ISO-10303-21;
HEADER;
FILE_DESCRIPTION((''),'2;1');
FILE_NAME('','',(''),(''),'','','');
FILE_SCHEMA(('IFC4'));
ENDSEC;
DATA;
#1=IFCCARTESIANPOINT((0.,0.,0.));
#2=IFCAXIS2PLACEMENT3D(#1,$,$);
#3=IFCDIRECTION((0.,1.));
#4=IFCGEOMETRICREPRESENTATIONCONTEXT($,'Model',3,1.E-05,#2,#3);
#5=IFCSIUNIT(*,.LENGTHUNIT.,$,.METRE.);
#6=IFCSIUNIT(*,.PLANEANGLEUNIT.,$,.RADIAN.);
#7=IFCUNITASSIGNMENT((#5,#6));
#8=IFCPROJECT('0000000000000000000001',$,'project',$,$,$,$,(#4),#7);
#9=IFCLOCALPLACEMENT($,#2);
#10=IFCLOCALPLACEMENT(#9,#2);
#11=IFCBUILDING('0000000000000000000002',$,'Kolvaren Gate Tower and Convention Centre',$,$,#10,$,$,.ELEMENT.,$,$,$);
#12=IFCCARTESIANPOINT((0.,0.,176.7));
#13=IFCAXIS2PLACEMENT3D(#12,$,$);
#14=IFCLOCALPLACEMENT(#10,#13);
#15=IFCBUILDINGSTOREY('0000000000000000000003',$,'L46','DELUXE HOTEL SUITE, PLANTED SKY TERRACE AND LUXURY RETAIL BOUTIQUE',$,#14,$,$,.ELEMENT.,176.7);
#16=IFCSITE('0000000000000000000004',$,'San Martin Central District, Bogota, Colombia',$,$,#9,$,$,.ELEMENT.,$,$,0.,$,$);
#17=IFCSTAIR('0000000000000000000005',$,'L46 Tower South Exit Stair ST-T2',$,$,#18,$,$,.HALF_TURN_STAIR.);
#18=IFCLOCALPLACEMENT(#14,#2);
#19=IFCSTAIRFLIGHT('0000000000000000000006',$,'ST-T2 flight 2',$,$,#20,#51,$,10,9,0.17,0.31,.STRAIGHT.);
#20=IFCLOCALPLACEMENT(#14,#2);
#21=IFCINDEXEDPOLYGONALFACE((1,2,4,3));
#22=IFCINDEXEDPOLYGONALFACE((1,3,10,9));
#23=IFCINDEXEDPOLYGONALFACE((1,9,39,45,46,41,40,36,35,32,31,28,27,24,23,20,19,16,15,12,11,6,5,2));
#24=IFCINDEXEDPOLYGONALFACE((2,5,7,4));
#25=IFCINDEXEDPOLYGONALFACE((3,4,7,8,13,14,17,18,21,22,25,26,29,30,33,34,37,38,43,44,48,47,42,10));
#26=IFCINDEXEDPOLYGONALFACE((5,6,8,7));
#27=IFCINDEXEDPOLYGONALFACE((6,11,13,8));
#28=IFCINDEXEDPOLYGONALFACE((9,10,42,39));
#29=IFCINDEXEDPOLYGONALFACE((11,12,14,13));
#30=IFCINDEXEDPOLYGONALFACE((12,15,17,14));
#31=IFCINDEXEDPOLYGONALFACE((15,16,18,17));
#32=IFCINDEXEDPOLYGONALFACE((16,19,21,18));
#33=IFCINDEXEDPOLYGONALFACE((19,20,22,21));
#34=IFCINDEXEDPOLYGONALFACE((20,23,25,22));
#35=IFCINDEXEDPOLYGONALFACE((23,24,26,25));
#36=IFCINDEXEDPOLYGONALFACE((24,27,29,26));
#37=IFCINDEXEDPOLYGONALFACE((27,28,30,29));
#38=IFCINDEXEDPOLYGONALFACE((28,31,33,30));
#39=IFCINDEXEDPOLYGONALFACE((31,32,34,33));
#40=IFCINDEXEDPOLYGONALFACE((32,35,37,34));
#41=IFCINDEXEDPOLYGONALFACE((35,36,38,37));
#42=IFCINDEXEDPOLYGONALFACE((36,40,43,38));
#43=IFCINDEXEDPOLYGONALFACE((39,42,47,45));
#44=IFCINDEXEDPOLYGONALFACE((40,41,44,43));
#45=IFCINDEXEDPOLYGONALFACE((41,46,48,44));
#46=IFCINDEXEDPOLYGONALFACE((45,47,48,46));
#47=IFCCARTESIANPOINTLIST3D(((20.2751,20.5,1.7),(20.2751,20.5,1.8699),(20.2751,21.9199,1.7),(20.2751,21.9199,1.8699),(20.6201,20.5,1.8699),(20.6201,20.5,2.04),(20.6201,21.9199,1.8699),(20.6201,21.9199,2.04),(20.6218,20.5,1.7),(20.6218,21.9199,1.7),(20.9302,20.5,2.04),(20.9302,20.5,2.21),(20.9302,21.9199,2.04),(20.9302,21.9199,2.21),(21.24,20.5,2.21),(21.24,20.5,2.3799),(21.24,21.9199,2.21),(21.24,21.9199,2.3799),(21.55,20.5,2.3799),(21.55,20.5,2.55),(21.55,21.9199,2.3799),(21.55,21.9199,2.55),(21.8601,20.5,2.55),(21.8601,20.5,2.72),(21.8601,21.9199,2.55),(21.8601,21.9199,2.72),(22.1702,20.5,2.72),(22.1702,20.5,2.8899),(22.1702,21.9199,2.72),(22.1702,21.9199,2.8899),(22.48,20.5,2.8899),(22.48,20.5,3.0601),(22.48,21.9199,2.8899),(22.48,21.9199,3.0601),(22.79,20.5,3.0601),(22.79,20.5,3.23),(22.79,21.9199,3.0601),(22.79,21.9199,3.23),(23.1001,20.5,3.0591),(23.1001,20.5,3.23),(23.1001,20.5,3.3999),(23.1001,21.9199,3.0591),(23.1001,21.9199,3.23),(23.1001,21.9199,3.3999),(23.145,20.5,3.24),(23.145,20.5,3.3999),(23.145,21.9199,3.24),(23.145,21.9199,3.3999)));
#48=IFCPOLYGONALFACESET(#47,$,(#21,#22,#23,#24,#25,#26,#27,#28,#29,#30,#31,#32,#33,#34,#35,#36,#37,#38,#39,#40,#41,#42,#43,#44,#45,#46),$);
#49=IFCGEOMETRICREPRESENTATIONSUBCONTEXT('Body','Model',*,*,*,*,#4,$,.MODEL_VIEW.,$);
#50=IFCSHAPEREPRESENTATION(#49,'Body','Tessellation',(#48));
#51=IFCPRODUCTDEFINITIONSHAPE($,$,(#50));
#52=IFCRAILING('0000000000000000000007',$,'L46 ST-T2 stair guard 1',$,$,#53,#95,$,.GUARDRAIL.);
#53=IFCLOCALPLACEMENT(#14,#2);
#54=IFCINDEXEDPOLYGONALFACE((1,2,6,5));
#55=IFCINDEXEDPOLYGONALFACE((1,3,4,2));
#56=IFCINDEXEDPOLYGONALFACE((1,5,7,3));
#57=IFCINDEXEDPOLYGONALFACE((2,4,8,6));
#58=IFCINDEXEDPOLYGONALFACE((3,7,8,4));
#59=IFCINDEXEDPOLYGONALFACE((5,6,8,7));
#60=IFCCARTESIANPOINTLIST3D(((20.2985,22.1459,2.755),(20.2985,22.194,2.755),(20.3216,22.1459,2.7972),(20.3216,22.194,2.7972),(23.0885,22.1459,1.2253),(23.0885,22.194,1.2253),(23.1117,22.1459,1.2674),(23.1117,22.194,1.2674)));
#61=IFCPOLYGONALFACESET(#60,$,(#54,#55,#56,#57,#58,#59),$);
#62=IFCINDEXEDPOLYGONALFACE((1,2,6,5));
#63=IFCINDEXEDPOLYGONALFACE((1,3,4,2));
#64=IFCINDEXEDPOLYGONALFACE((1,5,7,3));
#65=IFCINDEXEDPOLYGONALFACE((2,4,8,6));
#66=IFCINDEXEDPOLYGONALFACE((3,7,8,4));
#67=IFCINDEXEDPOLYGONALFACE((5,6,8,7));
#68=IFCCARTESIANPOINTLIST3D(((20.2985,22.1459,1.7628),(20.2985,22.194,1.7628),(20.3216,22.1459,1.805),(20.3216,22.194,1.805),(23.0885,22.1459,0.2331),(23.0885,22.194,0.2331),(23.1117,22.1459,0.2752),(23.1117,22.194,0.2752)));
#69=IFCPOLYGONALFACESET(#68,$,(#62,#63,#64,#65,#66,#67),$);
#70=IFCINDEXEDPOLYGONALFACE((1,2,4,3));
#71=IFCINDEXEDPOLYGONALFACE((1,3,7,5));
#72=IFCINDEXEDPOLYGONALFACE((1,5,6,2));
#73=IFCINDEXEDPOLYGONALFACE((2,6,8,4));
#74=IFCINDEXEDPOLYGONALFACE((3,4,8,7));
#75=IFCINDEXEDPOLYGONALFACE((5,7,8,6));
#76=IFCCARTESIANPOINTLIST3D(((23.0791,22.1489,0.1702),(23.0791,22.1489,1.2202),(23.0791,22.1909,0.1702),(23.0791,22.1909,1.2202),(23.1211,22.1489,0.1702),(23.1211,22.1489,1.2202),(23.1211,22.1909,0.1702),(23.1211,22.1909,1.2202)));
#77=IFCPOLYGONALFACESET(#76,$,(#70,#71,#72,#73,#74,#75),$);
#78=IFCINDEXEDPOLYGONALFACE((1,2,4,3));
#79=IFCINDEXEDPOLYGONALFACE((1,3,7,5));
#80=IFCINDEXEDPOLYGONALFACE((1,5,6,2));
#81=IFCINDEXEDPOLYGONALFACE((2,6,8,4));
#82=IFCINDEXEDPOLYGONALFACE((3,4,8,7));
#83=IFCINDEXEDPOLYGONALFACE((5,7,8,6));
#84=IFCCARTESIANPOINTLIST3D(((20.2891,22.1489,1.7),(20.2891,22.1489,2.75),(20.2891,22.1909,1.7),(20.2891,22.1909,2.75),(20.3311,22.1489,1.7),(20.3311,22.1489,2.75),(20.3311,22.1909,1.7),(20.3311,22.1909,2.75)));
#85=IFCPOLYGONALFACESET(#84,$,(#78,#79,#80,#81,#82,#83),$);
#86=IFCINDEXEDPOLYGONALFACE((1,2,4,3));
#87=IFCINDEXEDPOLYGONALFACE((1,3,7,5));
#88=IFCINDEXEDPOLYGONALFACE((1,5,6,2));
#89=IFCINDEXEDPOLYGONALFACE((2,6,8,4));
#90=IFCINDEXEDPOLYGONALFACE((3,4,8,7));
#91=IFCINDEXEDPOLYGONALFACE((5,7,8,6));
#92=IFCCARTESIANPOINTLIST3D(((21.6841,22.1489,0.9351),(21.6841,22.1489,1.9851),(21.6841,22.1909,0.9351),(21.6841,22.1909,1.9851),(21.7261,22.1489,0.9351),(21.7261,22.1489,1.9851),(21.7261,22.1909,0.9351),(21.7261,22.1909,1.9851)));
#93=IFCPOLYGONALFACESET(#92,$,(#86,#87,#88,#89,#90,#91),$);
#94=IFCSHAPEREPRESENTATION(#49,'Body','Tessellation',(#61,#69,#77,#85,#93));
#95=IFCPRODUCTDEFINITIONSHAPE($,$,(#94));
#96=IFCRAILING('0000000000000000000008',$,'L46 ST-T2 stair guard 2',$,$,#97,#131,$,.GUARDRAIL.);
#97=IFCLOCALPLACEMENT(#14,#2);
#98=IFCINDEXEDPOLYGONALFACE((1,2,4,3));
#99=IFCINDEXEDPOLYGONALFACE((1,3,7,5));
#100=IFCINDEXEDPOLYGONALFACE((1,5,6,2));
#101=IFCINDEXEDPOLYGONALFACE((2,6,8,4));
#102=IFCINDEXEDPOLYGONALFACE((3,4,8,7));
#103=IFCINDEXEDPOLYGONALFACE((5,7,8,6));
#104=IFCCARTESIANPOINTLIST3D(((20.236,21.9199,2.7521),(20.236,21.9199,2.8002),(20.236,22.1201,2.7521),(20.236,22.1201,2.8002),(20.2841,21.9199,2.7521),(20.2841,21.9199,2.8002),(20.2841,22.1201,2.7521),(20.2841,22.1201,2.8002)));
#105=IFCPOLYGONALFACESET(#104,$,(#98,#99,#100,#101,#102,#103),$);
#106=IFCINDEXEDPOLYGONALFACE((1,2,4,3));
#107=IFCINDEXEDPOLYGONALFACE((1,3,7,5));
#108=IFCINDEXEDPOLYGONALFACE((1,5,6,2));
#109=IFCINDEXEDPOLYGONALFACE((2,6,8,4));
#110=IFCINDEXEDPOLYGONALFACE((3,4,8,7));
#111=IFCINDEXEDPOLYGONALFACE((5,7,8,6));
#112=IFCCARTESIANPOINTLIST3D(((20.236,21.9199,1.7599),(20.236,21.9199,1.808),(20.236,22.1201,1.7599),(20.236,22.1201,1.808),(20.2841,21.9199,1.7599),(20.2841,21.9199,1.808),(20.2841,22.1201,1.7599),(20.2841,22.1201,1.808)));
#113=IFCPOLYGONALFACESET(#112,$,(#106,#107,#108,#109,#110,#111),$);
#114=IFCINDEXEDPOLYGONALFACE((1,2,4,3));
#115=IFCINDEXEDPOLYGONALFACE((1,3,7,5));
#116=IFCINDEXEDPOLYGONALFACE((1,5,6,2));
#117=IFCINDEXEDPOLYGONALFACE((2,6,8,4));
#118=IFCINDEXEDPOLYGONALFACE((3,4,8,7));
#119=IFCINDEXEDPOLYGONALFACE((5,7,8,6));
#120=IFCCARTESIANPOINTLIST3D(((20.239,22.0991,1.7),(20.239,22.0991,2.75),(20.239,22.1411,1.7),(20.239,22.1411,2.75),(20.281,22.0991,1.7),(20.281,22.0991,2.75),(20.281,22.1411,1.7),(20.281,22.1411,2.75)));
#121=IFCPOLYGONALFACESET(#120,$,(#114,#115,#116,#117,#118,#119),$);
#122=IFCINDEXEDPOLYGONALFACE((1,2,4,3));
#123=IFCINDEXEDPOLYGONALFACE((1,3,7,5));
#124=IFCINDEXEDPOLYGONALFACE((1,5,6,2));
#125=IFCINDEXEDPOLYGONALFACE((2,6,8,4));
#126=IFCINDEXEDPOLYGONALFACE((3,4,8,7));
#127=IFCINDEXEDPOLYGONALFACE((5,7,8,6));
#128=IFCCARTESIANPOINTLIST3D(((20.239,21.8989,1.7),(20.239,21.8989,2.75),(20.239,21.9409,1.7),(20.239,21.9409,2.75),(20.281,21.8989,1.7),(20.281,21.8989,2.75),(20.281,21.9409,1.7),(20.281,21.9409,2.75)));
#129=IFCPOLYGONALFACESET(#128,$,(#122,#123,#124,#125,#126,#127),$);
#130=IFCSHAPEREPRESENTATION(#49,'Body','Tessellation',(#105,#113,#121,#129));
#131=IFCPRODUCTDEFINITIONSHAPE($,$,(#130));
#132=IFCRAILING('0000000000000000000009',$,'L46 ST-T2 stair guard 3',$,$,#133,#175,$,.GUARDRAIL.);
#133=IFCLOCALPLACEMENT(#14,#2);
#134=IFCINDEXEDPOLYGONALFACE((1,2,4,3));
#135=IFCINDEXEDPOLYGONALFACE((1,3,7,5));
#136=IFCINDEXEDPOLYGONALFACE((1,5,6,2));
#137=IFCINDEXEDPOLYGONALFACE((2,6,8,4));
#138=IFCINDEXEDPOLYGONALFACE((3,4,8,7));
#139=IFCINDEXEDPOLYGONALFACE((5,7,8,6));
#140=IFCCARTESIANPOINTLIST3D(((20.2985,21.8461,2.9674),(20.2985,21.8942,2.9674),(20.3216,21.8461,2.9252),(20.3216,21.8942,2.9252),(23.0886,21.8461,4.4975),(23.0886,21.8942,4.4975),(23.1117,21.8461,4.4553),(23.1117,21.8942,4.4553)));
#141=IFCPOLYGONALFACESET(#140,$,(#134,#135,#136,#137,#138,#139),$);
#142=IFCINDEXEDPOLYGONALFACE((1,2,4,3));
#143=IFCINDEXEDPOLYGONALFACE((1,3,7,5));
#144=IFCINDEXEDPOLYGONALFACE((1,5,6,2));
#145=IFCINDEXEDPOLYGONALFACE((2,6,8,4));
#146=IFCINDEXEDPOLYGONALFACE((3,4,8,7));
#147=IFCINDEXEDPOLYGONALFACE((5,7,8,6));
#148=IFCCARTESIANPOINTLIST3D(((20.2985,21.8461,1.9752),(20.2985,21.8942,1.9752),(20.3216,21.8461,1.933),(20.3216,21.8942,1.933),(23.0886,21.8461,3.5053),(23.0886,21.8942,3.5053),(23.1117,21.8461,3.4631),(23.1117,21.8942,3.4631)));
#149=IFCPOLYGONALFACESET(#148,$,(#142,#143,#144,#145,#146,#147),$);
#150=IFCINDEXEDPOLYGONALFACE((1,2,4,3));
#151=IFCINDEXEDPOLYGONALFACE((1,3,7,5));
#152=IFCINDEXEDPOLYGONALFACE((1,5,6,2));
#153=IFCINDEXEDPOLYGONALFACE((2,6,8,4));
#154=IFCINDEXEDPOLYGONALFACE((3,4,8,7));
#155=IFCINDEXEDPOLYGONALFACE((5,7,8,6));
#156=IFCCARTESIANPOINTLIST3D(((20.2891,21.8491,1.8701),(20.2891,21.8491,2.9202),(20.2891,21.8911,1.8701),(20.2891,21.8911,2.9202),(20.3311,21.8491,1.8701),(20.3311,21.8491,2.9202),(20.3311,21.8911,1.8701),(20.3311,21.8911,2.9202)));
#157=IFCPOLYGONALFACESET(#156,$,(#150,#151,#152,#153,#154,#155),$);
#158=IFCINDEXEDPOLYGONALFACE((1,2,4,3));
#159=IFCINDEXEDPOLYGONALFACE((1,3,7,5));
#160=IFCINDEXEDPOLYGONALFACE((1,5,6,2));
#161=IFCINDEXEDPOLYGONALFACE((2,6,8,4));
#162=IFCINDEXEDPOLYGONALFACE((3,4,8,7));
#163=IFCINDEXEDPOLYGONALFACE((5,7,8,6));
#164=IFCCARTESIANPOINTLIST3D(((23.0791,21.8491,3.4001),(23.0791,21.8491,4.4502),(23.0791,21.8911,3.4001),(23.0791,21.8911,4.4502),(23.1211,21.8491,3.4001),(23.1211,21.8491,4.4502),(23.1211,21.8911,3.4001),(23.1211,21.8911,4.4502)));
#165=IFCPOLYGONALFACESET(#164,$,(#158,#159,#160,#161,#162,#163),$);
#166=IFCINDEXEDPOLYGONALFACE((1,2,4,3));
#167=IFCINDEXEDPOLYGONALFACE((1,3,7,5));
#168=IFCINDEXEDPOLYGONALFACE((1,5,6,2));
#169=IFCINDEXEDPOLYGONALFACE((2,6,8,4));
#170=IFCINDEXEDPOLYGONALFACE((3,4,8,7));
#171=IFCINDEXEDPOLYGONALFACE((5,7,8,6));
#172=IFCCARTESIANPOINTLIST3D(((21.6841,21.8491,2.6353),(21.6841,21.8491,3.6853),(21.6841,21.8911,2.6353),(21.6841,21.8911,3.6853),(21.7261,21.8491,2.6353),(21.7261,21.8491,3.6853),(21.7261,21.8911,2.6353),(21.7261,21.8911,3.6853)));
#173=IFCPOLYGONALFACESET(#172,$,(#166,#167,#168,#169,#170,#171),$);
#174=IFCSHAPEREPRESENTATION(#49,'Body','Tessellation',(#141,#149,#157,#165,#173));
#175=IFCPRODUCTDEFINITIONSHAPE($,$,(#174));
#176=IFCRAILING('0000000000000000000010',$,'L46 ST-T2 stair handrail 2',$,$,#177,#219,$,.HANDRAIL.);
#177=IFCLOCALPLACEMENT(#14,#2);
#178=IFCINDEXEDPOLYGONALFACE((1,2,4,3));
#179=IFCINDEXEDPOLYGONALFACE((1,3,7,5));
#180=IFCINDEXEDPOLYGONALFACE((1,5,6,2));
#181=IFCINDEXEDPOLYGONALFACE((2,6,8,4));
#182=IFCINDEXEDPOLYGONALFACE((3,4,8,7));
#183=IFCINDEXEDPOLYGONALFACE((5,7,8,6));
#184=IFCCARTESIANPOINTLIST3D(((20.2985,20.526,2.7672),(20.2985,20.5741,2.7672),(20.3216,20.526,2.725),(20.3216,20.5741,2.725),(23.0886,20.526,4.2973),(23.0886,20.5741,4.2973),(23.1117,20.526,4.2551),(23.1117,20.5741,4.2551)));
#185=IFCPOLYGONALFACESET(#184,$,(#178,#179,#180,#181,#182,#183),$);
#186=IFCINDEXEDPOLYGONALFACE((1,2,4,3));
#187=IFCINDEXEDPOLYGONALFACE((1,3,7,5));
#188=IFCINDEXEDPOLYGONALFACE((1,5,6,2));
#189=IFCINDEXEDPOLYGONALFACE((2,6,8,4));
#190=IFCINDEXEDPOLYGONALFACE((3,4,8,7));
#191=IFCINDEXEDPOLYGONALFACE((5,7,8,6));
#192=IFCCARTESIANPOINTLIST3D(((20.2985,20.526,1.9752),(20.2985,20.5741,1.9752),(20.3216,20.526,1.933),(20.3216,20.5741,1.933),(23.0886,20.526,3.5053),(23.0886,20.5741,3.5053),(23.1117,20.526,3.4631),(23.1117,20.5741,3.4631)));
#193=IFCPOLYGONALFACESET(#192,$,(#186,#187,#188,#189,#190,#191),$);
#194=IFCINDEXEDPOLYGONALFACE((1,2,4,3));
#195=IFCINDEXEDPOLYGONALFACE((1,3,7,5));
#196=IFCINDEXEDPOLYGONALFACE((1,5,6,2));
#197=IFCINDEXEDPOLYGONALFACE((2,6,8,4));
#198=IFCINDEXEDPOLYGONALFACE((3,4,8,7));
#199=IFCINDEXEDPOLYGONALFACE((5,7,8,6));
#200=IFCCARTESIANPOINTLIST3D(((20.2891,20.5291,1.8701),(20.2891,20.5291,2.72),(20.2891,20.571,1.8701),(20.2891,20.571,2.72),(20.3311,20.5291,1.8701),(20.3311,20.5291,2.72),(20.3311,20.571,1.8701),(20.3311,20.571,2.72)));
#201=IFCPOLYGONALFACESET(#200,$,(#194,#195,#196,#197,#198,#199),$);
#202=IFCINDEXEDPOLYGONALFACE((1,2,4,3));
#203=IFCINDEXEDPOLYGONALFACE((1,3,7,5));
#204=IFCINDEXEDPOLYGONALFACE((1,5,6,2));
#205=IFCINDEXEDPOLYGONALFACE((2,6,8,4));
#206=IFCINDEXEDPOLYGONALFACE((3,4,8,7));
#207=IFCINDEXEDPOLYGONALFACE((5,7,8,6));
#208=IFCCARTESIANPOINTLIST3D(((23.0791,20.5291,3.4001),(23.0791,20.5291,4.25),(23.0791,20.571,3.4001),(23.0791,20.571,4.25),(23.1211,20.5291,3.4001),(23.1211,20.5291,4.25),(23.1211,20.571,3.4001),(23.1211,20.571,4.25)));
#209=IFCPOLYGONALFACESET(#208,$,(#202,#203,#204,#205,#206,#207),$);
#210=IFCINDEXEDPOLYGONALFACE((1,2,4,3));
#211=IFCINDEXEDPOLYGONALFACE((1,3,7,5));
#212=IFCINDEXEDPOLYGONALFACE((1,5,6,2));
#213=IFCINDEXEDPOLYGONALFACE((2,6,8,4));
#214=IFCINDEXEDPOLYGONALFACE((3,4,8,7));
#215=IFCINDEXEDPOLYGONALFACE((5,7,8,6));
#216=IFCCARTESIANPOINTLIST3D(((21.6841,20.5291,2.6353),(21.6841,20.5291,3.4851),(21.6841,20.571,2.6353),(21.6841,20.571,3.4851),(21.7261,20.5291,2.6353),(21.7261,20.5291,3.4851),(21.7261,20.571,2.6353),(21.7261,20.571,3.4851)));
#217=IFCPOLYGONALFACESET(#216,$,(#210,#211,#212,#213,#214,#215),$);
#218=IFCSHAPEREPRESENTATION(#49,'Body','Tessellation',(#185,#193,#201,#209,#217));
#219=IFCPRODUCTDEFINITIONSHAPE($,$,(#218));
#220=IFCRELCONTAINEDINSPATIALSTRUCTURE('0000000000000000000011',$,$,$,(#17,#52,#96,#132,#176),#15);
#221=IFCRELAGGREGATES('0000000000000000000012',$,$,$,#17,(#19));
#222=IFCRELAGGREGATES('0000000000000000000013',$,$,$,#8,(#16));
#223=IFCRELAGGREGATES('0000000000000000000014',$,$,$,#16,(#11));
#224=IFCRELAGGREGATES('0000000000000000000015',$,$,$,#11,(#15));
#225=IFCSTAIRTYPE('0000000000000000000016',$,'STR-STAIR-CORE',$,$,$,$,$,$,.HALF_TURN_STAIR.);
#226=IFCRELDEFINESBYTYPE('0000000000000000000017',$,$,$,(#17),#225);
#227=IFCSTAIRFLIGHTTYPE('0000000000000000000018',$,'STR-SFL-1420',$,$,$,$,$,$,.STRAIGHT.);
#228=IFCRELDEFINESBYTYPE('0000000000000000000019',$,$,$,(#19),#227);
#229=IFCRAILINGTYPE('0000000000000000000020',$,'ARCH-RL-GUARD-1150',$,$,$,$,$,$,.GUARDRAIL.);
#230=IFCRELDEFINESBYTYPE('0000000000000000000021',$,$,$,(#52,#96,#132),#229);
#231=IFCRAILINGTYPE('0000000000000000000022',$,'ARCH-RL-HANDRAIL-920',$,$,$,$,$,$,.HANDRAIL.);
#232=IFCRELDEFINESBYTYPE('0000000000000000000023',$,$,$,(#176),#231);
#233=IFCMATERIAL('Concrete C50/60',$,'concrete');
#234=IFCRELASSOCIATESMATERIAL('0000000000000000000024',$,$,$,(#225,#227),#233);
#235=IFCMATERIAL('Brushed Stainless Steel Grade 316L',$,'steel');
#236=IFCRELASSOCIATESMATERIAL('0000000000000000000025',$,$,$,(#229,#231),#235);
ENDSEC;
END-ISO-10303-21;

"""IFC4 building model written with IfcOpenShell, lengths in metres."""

from ifc_helpers import new_model, si_unit, direction, frame, origin, origin_2d, place, context, subcontext, project, spatial, polyline, rectangle, outline, extrude, material, type_object, element, aggregate, save


model = new_model("IFC4")

# Units and contexts
model_context = context("Model", 3, precision=1e-05, world=origin(), true_north=direction((0.0, 1.0)))
body_context = subcontext(model_context, "Body", "Model", "MODEL_VIEW")
ifc_project = project(units=[si_unit("LENGTHUNIT", "METRE"), si_unit("PLANEANGLEUNIT", "RADIAN")], contexts=[model_context])

# Site, building, storey
site_placement = place(None, origin())
site = spatial("IfcSite", under=ifc_project, at=site_placement, Name="San Martin Central District, Bogota, Colombia", CompositionType="ELEMENT", RefElevation=0.0)
building_placement = place(site_placement, origin())
building = spatial("IfcBuilding", under=site, at=building_placement, Name="Kolvaren Gate Tower and Convention Centre", CompositionType="ELEMENT")
storey_placement = place(building_placement, frame((0.0, 0.0, 176.7)))
storey = spatial("IfcBuildingStorey", under=building, at=storey_placement, Name="L46", Description="DELUXE HOTEL SUITE, PLANTED SKY TERRACE AND LUXURY RETAIL BOUTIQUE", CompositionType="ELEMENT", Elevation=176.7)

# Shared definitions
ifc_material_1 = material(Name="Brushed Stainless Steel Grade 316L", Category="steel")

# Stair, stair flight
ifc_material_2 = material(Name="Concrete C50/60", Category="concrete")
stair_type = type_object("IfcStairType", Name="STR-STAIR-CORE", PredefinedType="HALF_TURN_STAIR", material=ifc_material_2)
stair_placement = place(storey_placement, origin())
stair = element("IfcStair", 1, at=stair_placement, inside=storey, type_object=stair_type, Name="L46 Tower South Exit Stair ST-T2", PredefinedType="HALF_TURN_STAIR")
stair_flight_type = type_object("IfcStairFlightType", Name="STR-SFL-1420", PredefinedType="STRAIGHT", material=ifc_material_2)
stair_flight_placement = place(storey_placement, frame((20.3101, 21.21, 1.7), z_axis=(0.0, 0.0, 1.0), x_axis=(1.0, 0.0, 0.0)))
stair_flight = element("IfcStairFlight", 2, at=stair_flight_placement, type_object=stair_flight_type, Name="ST-T2 flight 2", NumberOfRisers=10, NumberOfTreads=9, PredefinedType="STRAIGHT", RiserHeight=0.17, TreadLength=0.31, context=body_context, shape_type="SweptSolid", body=[
    extrude(outline(polyline([(-0.0349, 0.0), (-0.0349, 0.1699), (0.3101, 0.1699), (0.3101, 0.3401), (0.6201, 0.3401), (0.6201, 0.51), (0.9299, 0.51), (0.9299, 0.6799), (1.24, 0.6799), (1.24, 0.8501), (1.55, 0.8501), (1.55, 1.02), (1.8601, 1.02), (1.8601, 1.1899), (2.1699, 1.1899), (2.1699, 1.3601), (2.48, 1.3601), (2.48, 1.53), (2.79, 1.53), (2.79, 1.7), (2.835, 1.7), (2.835, 1.54), (2.79, 1.3591), (0.3118, 0.0), (-0.0349, 0.0)])), frame((0.0, 0.71, 0.0), z_axis=(0.0, -1.0, 0.0), x_axis=(1.0, 0.0, 0.0)), (0.0, 0.0, 1.0), 1.4199),
])
aggregate(stair, [stair_flight])

# Railings
railing_type_1 = type_object("IfcRailingType", Name="ARCH-RL-GUARD-1150", PredefinedType="GUARDRAIL", material=ifc_material_1)
railing_1_placement = place(storey_placement, frame((23.1001, 22.1699, 0.1702)))
element("IfcRailing", 3, at=railing_1_placement, inside=storey, type_object=railing_type_1, Name="L46 ST-T2 stair guard 1", PredefinedType="GUARDRAIL", context=body_context, shape_type="SweptSolid", body=[
    extrude(rectangle(XDim=0.0481, YDim=0.0481, at=origin_2d()), frame((0.0, 0.0, 1.0762), z_axis=(-0.876844, 0.0, 0.480776), x_axis=(0.0, -1.0, 0.0)), (0.0, 0.0, 1.0), 3.1819),
    extrude(rectangle(XDim=0.0481, YDim=0.0481, at=origin_2d()), frame((0.0, 0.0, 0.084), z_axis=(-0.876844, 0.0, 0.480776), x_axis=(0.0, -1.0, 0.0)), (0.0, 0.0, 1.0), 3.1819),
    extrude(rectangle(XDim=0.042, YDim=0.042, at=origin_2d()), origin(), (0.0, 0.0, 1.0), 1.05),
    extrude(rectangle(XDim=0.042, YDim=0.042, at=origin_2d()), frame((-2.79, 0.0, 1.5298)), (0.0, 0.0, 1.0), 1.05),
    extrude(rectangle(XDim=0.042, YDim=0.042, at=origin_2d()), frame((-1.395, 0.0, 0.7649)), (0.0, 0.0, 1.0), 1.05),
])
railing_2_placement = place(storey_placement, frame((20.26, 22.1201, 1.7)))
element("IfcRailing", 4, at=railing_2_placement, inside=storey, type_object=railing_type_1, Name="L46 ST-T2 stair guard 2", PredefinedType="GUARDRAIL", context=body_context, shape_type="SweptSolid", body=[
    extrude(rectangle(XDim=0.0481, YDim=0.0481, at=origin_2d()), frame((0.0, 0.0, 1.0762), z_axis=(0.0, -1.0, 0.0), x_axis=(1.0, 0.0, 0.0)), (0.0, 0.0, 1.0), 0.2002),
    extrude(rectangle(XDim=0.0481, YDim=0.0481, at=origin_2d()), frame((0.0, 0.0, 0.084), z_axis=(0.0, -1.0, 0.0), x_axis=(1.0, 0.0, 0.0)), (0.0, 0.0, 1.0), 0.2002),
    extrude(rectangle(XDim=0.042, YDim=0.042, at=origin_2d()), origin(), (0.0, 0.0, 1.0), 1.05),
    extrude(rectangle(XDim=0.042, YDim=0.042, at=origin_2d()), frame((0.0, -0.2002, 0.0)), (0.0, 0.0, 1.0), 1.05),
])
railing_3_placement = place(storey_placement, frame((20.3101, 21.8701, 1.8701)))
element("IfcRailing", 5, at=railing_3_placement, inside=storey, type_object=railing_type_1, Name="L46 ST-T2 stair guard 3", PredefinedType="GUARDRAIL", context=body_context, shape_type="SweptSolid", body=[
    extrude(rectangle(XDim=0.0481, YDim=0.0481, at=origin_2d()), frame((0.0, 0.0, 1.0762), z_axis=(0.876811, 0.0, 0.480835), x_axis=(0.0, 1.0, 0.0)), (0.0, 0.0, 1.0), 3.1821),
    extrude(rectangle(XDim=0.0481, YDim=0.0481, at=origin_2d()), frame((0.0, 0.0, 0.084), z_axis=(0.876811, 0.0, 0.480835), x_axis=(0.0, 1.0, 0.0)), (0.0, 0.0, 1.0), 3.1821),
    extrude(rectangle(XDim=0.042, YDim=0.042, at=origin_2d()), origin(), (0.0, 0.0, 1.0), 1.05),
    extrude(rectangle(XDim=0.042, YDim=0.042, at=origin_2d()), frame((2.79, 0.0, 1.53)), (0.0, 0.0, 1.0), 1.05),
    extrude(rectangle(XDim=0.042, YDim=0.042, at=origin_2d()), frame((1.395, 0.0, 0.7651)), (0.0, 0.0, 1.0), 1.05),
])
railing_type_2 = type_object("IfcRailingType", Name="ARCH-RL-HANDRAIL-920", PredefinedType="HANDRAIL", material=ifc_material_1)
railing_4_placement = place(storey_placement, frame((20.3101, 20.55, 1.8701)))
element("IfcRailing", 6, at=railing_4_placement, inside=storey, type_object=railing_type_2, Name="L46 ST-T2 stair handrail 2", PredefinedType="HANDRAIL", context=body_context, shape_type="SweptSolid", body=[
    extrude(rectangle(XDim=0.0481, YDim=0.0481, at=origin_2d()), frame((0.0, 0.0, 0.876), z_axis=(0.876811, 0.0, 0.480835), x_axis=(0.0, 1.0, 0.0)), (0.0, 0.0, 1.0), 3.1821),
    extrude(rectangle(XDim=0.0481, YDim=0.0481, at=origin_2d()), frame((0.0, 0.0, 0.084), z_axis=(0.876811, 0.0, 0.480835), x_axis=(0.0, 1.0, 0.0)), (0.0, 0.0, 1.0), 3.1821),
    extrude(rectangle(XDim=0.042, YDim=0.042, at=origin_2d()), origin(), (0.0, 0.0, 1.0), 0.8499),
    extrude(rectangle(XDim=0.042, YDim=0.042, at=origin_2d()), frame((2.79, 0.0, 1.53)), (0.0, 0.0, 1.0), 0.8499),
    extrude(rectangle(XDim=0.042, YDim=0.042, at=origin_2d()), frame((1.395, 0.0, 0.7651)), (0.0, 0.0, 1.0), 0.8499),
])

save(model, "model.ifc")
